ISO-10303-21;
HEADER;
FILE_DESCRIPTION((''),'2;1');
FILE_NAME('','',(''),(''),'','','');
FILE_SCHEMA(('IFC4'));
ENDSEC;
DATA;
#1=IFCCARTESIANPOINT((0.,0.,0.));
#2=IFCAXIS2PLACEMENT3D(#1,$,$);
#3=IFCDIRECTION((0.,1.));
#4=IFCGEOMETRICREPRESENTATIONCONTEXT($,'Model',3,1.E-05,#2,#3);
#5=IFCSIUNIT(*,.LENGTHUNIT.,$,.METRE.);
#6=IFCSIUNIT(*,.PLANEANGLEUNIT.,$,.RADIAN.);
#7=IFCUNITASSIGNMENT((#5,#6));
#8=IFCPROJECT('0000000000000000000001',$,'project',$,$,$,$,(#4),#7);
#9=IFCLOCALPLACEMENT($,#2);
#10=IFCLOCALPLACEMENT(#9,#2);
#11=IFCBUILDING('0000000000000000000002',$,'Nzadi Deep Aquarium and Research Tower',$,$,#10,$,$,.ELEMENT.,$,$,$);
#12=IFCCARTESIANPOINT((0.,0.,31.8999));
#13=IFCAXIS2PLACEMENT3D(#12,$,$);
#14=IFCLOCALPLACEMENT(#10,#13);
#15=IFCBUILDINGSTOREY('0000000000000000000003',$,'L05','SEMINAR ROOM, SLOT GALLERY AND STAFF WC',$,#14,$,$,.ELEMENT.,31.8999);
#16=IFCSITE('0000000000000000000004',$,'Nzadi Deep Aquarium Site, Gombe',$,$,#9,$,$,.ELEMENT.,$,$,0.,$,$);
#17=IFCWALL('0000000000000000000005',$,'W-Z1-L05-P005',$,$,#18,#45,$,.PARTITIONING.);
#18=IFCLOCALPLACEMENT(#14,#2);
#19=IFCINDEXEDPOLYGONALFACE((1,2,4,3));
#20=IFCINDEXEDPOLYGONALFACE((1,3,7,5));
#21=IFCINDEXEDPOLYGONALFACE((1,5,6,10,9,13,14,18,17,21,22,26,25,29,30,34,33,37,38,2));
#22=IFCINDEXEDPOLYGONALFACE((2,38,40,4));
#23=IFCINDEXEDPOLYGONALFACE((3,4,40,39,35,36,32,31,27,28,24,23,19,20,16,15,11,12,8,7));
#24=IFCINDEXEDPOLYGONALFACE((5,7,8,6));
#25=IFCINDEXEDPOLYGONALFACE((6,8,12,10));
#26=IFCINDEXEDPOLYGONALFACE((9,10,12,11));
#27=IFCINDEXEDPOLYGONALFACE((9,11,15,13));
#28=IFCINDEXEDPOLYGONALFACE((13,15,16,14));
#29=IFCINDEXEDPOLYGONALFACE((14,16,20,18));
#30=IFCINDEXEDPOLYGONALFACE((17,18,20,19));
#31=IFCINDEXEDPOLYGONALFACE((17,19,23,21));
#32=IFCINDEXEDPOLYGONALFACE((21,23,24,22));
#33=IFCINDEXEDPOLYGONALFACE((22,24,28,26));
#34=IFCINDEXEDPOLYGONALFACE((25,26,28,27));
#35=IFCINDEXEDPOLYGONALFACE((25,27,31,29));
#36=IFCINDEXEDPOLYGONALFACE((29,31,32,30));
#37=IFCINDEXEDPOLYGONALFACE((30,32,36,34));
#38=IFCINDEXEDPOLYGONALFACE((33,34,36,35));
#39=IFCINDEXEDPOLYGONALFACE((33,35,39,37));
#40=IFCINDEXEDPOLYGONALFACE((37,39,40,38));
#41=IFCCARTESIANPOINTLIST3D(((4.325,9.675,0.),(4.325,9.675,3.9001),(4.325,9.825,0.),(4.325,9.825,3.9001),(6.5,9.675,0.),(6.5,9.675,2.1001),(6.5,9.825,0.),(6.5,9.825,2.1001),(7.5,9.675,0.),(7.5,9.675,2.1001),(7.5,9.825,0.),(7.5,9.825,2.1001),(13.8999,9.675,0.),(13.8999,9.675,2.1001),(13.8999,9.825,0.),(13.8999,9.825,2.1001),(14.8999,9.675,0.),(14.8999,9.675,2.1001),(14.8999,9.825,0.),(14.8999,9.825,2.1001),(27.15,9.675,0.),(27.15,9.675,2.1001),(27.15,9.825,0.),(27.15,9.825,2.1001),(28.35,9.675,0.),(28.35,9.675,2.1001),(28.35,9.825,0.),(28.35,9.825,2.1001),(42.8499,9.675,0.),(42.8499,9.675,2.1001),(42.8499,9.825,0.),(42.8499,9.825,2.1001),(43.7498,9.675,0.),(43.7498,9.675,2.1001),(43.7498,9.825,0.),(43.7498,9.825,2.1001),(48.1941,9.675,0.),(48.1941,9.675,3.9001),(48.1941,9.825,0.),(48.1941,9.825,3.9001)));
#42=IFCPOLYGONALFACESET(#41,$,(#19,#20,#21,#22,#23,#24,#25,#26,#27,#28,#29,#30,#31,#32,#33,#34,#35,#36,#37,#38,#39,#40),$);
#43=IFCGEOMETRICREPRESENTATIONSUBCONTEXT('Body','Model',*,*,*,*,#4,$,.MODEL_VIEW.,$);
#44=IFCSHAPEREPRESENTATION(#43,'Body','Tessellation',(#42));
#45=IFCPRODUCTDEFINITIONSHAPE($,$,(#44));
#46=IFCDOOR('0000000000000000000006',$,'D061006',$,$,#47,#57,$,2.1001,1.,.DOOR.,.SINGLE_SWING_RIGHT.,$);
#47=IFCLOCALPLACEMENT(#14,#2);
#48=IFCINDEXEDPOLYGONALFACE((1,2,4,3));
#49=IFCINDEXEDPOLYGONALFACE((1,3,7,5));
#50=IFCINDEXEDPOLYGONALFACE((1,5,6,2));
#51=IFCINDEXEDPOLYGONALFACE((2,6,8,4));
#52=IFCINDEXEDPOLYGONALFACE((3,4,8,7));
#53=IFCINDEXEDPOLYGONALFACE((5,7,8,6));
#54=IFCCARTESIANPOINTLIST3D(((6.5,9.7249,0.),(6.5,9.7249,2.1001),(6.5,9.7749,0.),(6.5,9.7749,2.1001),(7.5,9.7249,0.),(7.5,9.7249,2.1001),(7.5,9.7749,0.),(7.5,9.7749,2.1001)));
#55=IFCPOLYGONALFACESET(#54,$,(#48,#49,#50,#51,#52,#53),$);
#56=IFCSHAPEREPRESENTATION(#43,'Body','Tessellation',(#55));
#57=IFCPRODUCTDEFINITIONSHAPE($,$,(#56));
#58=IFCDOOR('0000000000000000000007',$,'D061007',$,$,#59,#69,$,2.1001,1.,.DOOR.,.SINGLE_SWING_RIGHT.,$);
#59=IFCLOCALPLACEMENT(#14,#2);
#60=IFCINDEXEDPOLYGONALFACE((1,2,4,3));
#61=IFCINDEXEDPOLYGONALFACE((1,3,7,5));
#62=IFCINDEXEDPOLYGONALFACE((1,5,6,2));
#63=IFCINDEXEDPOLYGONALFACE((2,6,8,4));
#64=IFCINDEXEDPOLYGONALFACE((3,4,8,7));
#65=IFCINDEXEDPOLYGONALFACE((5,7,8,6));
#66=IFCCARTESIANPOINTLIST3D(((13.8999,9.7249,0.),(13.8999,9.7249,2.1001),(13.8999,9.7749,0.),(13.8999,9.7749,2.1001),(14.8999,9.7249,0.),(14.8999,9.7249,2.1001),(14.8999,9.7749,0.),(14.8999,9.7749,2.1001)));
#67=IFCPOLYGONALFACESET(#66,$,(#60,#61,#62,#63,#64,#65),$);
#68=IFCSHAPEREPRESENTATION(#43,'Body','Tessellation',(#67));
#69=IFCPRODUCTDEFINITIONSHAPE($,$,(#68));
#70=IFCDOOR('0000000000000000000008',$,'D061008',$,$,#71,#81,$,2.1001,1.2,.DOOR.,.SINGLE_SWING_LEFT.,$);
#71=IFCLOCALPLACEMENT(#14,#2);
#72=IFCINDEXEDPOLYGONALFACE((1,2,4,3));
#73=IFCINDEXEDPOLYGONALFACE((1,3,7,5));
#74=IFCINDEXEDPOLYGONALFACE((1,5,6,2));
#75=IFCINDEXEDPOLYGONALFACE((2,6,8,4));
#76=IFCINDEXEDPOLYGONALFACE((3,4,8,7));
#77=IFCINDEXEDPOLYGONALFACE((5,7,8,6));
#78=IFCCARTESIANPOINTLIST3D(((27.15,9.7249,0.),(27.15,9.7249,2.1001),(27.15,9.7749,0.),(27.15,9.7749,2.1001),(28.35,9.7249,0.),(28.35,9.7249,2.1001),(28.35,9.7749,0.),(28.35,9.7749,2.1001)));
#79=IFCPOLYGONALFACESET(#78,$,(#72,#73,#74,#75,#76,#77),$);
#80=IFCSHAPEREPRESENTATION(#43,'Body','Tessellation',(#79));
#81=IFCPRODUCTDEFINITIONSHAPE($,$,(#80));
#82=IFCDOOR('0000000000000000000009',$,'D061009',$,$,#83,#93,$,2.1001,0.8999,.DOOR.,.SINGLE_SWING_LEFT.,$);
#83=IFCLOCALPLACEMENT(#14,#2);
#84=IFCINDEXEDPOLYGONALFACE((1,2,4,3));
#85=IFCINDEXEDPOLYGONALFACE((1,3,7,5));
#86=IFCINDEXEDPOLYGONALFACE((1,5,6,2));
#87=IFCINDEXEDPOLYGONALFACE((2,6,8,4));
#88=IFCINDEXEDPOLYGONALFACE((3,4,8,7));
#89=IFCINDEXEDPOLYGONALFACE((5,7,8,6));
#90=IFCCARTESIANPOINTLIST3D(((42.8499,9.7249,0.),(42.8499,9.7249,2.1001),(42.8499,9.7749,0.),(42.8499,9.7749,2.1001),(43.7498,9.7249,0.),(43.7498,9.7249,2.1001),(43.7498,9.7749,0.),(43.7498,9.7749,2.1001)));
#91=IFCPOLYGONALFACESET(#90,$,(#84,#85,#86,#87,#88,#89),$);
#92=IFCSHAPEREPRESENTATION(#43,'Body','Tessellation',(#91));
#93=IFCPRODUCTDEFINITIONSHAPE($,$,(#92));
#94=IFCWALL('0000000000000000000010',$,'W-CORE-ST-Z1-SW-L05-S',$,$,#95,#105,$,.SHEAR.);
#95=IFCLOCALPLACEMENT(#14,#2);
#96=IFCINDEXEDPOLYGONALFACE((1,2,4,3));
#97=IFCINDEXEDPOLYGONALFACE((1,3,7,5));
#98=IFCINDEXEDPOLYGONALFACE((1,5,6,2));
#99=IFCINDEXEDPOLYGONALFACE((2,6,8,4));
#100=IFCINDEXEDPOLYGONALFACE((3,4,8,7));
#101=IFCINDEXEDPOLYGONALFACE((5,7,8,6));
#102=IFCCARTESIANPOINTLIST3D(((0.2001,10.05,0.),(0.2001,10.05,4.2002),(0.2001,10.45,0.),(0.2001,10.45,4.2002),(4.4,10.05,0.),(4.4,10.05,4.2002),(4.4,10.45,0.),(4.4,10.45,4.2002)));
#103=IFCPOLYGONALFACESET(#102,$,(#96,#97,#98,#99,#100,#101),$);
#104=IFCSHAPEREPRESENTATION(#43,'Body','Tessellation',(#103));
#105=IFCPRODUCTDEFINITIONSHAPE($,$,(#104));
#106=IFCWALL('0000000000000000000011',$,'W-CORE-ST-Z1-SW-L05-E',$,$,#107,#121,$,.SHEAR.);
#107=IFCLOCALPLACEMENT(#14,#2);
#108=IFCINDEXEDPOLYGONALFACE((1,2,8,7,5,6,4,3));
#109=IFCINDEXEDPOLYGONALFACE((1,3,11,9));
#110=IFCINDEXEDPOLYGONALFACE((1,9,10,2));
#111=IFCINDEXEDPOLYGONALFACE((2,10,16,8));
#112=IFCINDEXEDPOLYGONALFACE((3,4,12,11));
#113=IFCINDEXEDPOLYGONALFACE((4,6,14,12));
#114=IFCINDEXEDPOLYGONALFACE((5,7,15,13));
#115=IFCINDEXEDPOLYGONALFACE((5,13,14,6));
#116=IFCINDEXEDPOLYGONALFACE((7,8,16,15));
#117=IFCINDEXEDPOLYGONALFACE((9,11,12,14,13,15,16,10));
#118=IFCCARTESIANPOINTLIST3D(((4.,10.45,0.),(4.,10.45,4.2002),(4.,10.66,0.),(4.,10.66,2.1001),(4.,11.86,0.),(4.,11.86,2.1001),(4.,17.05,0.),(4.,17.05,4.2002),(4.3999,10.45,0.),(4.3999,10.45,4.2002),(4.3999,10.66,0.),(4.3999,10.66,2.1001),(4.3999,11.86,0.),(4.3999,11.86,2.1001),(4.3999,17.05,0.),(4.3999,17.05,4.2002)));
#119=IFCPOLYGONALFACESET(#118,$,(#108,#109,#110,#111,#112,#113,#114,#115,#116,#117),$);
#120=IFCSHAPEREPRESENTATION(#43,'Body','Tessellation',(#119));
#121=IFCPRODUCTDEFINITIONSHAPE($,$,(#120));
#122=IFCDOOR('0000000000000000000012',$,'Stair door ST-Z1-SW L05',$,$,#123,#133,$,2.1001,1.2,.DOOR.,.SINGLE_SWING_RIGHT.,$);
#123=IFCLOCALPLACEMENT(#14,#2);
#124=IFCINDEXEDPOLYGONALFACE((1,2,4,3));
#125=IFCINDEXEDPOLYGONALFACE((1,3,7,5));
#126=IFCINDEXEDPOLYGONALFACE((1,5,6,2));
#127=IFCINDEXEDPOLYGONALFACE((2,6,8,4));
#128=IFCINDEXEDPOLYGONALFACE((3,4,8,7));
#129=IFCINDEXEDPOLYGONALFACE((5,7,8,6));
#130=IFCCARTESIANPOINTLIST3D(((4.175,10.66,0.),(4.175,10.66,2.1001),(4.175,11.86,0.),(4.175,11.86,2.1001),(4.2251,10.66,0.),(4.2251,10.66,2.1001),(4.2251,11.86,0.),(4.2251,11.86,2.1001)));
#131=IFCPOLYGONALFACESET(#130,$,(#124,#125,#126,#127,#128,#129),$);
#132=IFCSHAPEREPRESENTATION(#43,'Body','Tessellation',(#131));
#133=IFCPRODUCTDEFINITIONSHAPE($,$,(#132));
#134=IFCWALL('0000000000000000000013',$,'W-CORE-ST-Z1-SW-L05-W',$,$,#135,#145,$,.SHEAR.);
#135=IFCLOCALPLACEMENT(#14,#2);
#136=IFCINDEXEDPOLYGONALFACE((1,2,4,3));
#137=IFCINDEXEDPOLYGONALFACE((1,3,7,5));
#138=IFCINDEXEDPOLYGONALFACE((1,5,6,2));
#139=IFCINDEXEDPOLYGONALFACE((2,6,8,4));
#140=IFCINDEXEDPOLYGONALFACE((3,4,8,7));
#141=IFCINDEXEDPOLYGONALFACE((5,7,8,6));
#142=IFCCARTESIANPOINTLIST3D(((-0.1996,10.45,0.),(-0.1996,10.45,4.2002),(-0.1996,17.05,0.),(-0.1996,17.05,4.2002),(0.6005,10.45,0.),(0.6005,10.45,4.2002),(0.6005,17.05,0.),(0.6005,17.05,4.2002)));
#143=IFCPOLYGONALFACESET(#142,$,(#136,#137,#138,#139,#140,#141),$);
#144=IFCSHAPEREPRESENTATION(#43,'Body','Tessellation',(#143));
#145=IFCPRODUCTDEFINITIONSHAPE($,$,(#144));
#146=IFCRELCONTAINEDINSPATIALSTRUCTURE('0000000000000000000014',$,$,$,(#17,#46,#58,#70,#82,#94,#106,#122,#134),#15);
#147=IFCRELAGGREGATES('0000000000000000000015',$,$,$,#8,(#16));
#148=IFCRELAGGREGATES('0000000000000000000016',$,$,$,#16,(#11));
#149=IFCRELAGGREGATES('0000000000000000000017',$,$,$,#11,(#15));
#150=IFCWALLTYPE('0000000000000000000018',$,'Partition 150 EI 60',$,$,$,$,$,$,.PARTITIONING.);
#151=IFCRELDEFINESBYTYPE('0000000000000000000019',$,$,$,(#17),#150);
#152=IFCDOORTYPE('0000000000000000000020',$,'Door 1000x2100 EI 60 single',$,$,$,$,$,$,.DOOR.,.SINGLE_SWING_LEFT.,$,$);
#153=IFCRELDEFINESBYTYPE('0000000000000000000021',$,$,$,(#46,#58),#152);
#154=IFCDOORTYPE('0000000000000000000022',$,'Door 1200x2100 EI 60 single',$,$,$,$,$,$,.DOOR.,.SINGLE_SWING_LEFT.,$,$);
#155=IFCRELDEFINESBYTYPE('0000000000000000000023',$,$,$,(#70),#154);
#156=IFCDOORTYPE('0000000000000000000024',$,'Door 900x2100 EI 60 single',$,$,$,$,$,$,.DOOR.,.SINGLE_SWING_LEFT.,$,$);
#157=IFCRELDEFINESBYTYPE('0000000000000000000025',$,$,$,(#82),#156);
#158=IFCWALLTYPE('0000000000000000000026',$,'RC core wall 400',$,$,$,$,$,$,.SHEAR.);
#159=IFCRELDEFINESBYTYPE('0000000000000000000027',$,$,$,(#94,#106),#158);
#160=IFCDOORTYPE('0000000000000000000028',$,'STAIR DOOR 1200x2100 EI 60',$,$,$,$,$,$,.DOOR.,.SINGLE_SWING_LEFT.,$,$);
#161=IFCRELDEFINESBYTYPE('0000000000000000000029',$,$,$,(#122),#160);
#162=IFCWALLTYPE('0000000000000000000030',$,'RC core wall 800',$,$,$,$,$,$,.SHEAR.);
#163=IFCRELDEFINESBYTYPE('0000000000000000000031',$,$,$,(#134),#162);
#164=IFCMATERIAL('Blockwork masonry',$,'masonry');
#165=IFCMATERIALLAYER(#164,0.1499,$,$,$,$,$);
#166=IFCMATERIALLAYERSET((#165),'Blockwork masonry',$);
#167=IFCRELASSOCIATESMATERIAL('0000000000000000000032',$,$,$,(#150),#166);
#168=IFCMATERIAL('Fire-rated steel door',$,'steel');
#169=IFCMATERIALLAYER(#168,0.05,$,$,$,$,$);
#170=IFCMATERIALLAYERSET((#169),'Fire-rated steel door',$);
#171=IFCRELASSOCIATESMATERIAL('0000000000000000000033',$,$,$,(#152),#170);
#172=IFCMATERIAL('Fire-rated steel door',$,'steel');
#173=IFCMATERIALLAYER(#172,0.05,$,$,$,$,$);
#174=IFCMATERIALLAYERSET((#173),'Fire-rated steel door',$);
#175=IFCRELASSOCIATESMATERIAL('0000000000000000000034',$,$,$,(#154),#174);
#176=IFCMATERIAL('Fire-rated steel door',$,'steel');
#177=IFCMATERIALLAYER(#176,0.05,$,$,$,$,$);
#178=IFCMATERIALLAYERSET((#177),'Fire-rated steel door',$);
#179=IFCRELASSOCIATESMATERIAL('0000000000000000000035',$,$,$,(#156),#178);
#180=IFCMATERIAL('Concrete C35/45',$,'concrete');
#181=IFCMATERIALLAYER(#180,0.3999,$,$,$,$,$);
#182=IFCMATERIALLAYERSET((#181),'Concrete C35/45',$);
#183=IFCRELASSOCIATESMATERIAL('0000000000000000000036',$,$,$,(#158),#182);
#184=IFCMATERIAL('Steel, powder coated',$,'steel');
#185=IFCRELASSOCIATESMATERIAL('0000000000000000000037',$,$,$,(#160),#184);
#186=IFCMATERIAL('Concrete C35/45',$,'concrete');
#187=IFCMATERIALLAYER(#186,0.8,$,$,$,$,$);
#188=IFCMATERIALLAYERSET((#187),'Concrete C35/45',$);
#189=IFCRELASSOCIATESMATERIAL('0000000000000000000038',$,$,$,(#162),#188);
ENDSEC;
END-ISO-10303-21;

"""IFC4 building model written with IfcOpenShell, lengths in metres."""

from ifc_helpers import new_model, si_unit, direction, frame, frame_2d, origin, place, context, subcontext, project, spatial, rectangle, extrude, material, layer, layer_set, type_object, element, fill, save


model = new_model("IFC4")

# Units and contexts
model_context = context("Model", 3, precision=1e-05, world=origin(), true_north=direction((0.0, 1.0)))
body_context = subcontext(model_context, "Body", "Model", "MODEL_VIEW")
ifc_project = project(units=[si_unit("LENGTHUNIT", "METRE"), si_unit("PLANEANGLEUNIT", "RADIAN")], contexts=[model_context])

# Site, building, storey
site_placement = place(None, origin())
site = spatial("IfcSite", under=ifc_project, at=site_placement, Name="Nzadi Deep Aquarium Site, Gombe", CompositionType="ELEMENT", RefElevation=0.0)
building_placement = place(site_placement, origin())
building = spatial("IfcBuilding", under=site, at=building_placement, Name="Nzadi Deep Aquarium and Research Tower", CompositionType="ELEMENT")
storey_placement = place(building_placement, frame((0.0, 0.0, 31.8999)))
storey = spatial("IfcBuildingStorey", under=building, at=storey_placement, Name="L05", Description="SEMINAR ROOM, SLOT GALLERY AND STAFF WC", CompositionType="ELEMENT", Elevation=31.8999)

# Wall, openings, doors
ifc_material_1 = material(Name="Blockwork masonry", Category="masonry")
ifc_layer_1 = layer(ifc_material_1, 0.1499)
ifc_layer_set_1 = layer_set([ifc_layer_1], Name="Blockwork masonry")
wall_type_1 = type_object("IfcWallType", Name="Partition 150 EI 60", PredefinedType="PARTITIONING", material=ifc_layer_set_1)
wall_1_placement = place(storey_placement, frame((4.325, 9.75, 0.0), z_axis=(0.0, 0.0, 1.0), x_axis=(1.0, 0.0, 0.0)))
wall_1 = element("IfcWall", 1, at=wall_1_placement, inside=storey, type_object=wall_type_1, Name="W-Z1-L05-P005", PredefinedType="PARTITIONING", context=body_context, shape_type="SweptSolid", body=[
    extrude(rectangle(XDim=43.8691, YDim=0.1499, at=frame_2d((21.9346, 0.0))), origin(), (0.0, 0.0, 1.0), 3.9001),
])
opening_1_placement = place(wall_1_placement, frame((2.175, 0.0, 0.0)))
opening_1 = element("IfcOpeningElement", 2, at=opening_1_placement, cuts=wall_1, PredefinedType="OPENING", context=body_context, shape_type="SweptSolid", body=[
    extrude(rectangle(XDim=1.0, YDim=2.1001, at=frame_2d((0.5, 1.05))), frame((0.0, 0.085, 0.0), z_axis=(0.0, -1.0, 0.0), x_axis=(1.0, 0.0, 0.0)), (0.0, 0.0, 1.0), 0.1699),
])
opening_2_placement = place(wall_1_placement, frame((9.575, 0.0, 0.0)))
opening_2 = element("IfcOpeningElement", 3, at=opening_2_placement, cuts=wall_1, PredefinedType="OPENING", context=body_context, shape_type="SweptSolid", body=[
    extrude(rectangle(XDim=1.0, YDim=2.1001, at=frame_2d((0.5, 1.05))), frame((0.0, 0.085, 0.0), z_axis=(0.0, -1.0, 0.0), x_axis=(1.0, 0.0, 0.0)), (0.0, 0.0, 1.0), 0.1699),
])
opening_3_placement = place(wall_1_placement, frame((22.825, 0.0, 0.0)))
opening_3 = element("IfcOpeningElement", 4, at=opening_3_placement, cuts=wall_1, PredefinedType="OPENING", context=body_context, shape_type="SweptSolid", body=[
    extrude(rectangle(XDim=1.2, YDim=2.1001, at=frame_2d((0.6001, 1.05))), frame((0.0, 0.085, 0.0), z_axis=(0.0, -1.0, 0.0), x_axis=(1.0, 0.0, 0.0)), (0.0, 0.0, 1.0), 0.1699),
])
opening_4_placement = place(wall_1_placement, frame((38.5249, 0.0, 0.0)))
opening_4 = element("IfcOpeningElement", 5, at=opening_4_placement, cuts=wall_1, PredefinedType="OPENING", context=body_context, shape_type="SweptSolid", body=[
    extrude(rectangle(XDim=0.8999, YDim=2.1001, at=frame_2d((0.45, 1.05))), frame((0.0, 0.085, 0.0), z_axis=(0.0, -1.0, 0.0), x_axis=(1.0, 0.0, 0.0)), (0.0, 0.0, 1.0), 0.1699),
])
ifc_material_2 = material(Name="Fire-rated steel door", Category="steel")
ifc_layer_2 = layer(ifc_material_2, 0.05)
ifc_layer_set_2 = layer_set([ifc_layer_2], Name="Fire-rated steel door")
door_type_1 = type_object("IfcDoorType", Name="Door 1000x2100 EI 60 single", OperationType="SINGLE_SWING_LEFT", PredefinedType="DOOR", material=ifc_layer_set_2)
door_1_placement = place(opening_1_placement, origin())
door_1 = element("IfcDoor", 6, at=door_1_placement, inside=storey, type_object=door_type_1, Name="D061006", OperationType="SINGLE_SWING_RIGHT", OverallHeight=2.1001, OverallWidth=1.0, PredefinedType="DOOR", context=body_context, shape_type="SweptSolid", body=[
    extrude(rectangle(XDim=1.0, YDim=2.1001, at=frame_2d((0.5, 1.05))), frame((0.0, 0.0249, 0.0), z_axis=(0.0, -1.0, 0.0), x_axis=(1.0, 0.0, 0.0)), (0.0, 0.0, 1.0), 0.05),
])
fill(opening_1, door_1)
door_2_placement = place(opening_2_placement, origin())
door_2 = element("IfcDoor", 7, at=door_2_placement, inside=storey, type_object=door_type_1, Name="D061007", OperationType="SINGLE_SWING_RIGHT", OverallHeight=2.1001, OverallWidth=1.0, PredefinedType="DOOR", context=body_context, shape_type="SweptSolid", body=[
    extrude(rectangle(XDim=1.0, YDim=2.1001, at=frame_2d((0.5, 1.05))), frame((0.0, 0.0249, 0.0), z_axis=(0.0, -1.0, 0.0), x_axis=(1.0, 0.0, 0.0)), (0.0, 0.0, 1.0), 0.05),
])
fill(opening_2, door_2)
ifc_material_3 = material(Name="Fire-rated steel door", Category="steel")
ifc_layer_3 = layer(ifc_material_3, 0.05)
ifc_layer_set_3 = layer_set([ifc_layer_3], Name="Fire-rated steel door")
door_type_2 = type_object("IfcDoorType", Name="Door 1200x2100 EI 60 single", OperationType="SINGLE_SWING_LEFT", PredefinedType="DOOR", material=ifc_layer_set_3)
door_3_placement = place(opening_3_placement, origin())
door_3 = element("IfcDoor", 8, at=door_3_placement, inside=storey, type_object=door_type_2, Name="D061008", OperationType="SINGLE_SWING_LEFT", OverallHeight=2.1001, OverallWidth=1.2, PredefinedType="DOOR", context=body_context, shape_type="SweptSolid", body=[
    extrude(rectangle(XDim=1.2, YDim=2.1001, at=frame_2d((0.6001, 1.05))), frame((0.0, 0.0249, 0.0), z_axis=(0.0, -1.0, 0.0), x_axis=(1.0, 0.0, 0.0)), (0.0, 0.0, 1.0), 0.05),
])
fill(opening_3, door_3)
ifc_material_4 = material(Name="Fire-rated steel door", Category="steel")
ifc_layer_4 = layer(ifc_material_4, 0.05)
ifc_layer_set_4 = layer_set([ifc_layer_4], Name="Fire-rated steel door")
door_type_3 = type_object("IfcDoorType", Name="Door 900x2100 EI 60 single", OperationType="SINGLE_SWING_LEFT", PredefinedType="DOOR", material=ifc_layer_set_4)
door_4_placement = place(opening_4_placement, origin())
door_4 = element("IfcDoor", 9, at=door_4_placement, inside=storey, type_object=door_type_3, Name="D061009", OperationType="SINGLE_SWING_LEFT", OverallHeight=2.1001, OverallWidth=0.8999, PredefinedType="DOOR", context=body_context, shape_type="SweptSolid", body=[
    extrude(rectangle(XDim=0.8999, YDim=2.1001, at=frame_2d((0.45, 1.05))), frame((0.0, 0.0249, 0.0), z_axis=(0.0, -1.0, 0.0), x_axis=(1.0, 0.0, 0.0)), (0.0, 0.0, 1.0), 0.05),
])
fill(opening_4, door_4)

# Wall
ifc_material_5 = material(Name="Concrete C35/45", Category="concrete")
ifc_layer_5 = layer(ifc_material_5, 0.3999)
ifc_layer_set_5 = layer_set([ifc_layer_5], Name="Concrete C35/45")
wall_type_2 = type_object("IfcWallType", Name="RC core wall 400", PredefinedType="SHEAR", material=ifc_layer_set_5)
wall_2_placement = place(storey_placement, frame((0.2, 10.25, 0.0), z_axis=(0.0, 0.0, 1.0), x_axis=(1.0, 0.0, 0.0)))
element("IfcWall", 10, at=wall_2_placement, inside=storey, type_object=wall_type_2, Name="W-CORE-ST-Z1-SW-L05-S", PredefinedType="SHEAR", context=body_context, shape_type="SweptSolid", body=[
    extrude(rectangle(XDim=4.2, YDim=0.3999, at=frame_2d((2.1001, 0.0))), origin(), (0.0, 0.0, 1.0), 4.2002),
])

# Wall, opening, door
wall_3_placement = place(storey_placement, frame((4.2, 10.45, 0.0), z_axis=(0.0, 0.0, 1.0), x_axis=(0.0, 1.0, 0.0)))
wall_3 = element("IfcWall", 11, at=wall_3_placement, inside=storey, type_object=wall_type_2, Name="W-CORE-ST-Z1-SW-L05-E", PredefinedType="SHEAR", context=body_context, shape_type="SweptSolid", body=[
    extrude(rectangle(XDim=6.6001, YDim=0.3999, at=frame_2d((3.3, 0.0))), origin(), (0.0, 0.0, 1.0), 4.2002),
])
opening_5_placement = place(wall_3_placement, frame((0.21, 0.0, 0.0)))
opening_5 = element("IfcOpeningElement", 12, at=opening_5_placement, cuts=wall_3, PredefinedType="OPENING", context=body_context, shape_type="SweptSolid", body=[
    extrude(rectangle(XDim=1.2, YDim=2.1001, at=frame_2d((0.6001, 1.05))), frame((0.0, 0.21, 0.0), z_axis=(0.0, -1.0, 0.0), x_axis=(1.0, 0.0, 0.0)), (0.0, 0.0, 1.0), 0.4199),
])
ifc_material_6 = material(Name="Steel, powder coated", Category="steel")
door_type_4 = type_object("IfcDoorType", Name="STAIR DOOR 1200x2100 EI 60", OperationType="SINGLE_SWING_LEFT", PredefinedType="DOOR", material=ifc_material_6)
door_5_placement = place(opening_5_placement, origin())
door_5 = element("IfcDoor", 13, at=door_5_placement, inside=storey, type_object=door_type_4, Name="Stair door ST-Z1-SW L05", OperationType="SINGLE_SWING_RIGHT", OverallHeight=2.1001, OverallWidth=1.2, PredefinedType="DOOR", context=body_context, shape_type="SweptSolid", body=[
    extrude(rectangle(XDim=1.2, YDim=2.1001, at=frame_2d((0.6001, 1.05))), frame((0.0, 0.0249, 0.0), z_axis=(0.0, -1.0, 0.0), x_axis=(1.0, 0.0, 0.0)), (0.0, 0.0, 1.0), 0.05),
])
fill(opening_5, door_5)

# Wall
ifc_material_7 = material(Name="Concrete C35/45", Category="concrete")
ifc_layer_6 = layer(ifc_material_7, 0.8)
ifc_layer_set_6 = layer_set([ifc_layer_6], Name="Concrete C35/45")
wall_type_3 = type_object("IfcWallType", Name="RC core wall 800", PredefinedType="SHEAR", material=ifc_layer_set_6)
wall_4_placement = place(storey_placement, frame((0.2004, 10.45, 0.0), z_axis=(0.0, 0.0, 1.0), x_axis=(0.0, 1.0, 0.0)))
element("IfcWall", 14, at=wall_4_placement, inside=storey, type_object=wall_type_3, Name="W-CORE-ST-Z1-SW-L05-W", PredefinedType="SHEAR", context=body_context, shape_type="SweptSolid", body=[
    extrude(rectangle(XDim=6.6001, YDim=0.8, at=frame_2d((3.3, 0.0))), origin(), (0.0, 0.0, 1.0), 4.2002),
])

save(model, "model.ifc")
